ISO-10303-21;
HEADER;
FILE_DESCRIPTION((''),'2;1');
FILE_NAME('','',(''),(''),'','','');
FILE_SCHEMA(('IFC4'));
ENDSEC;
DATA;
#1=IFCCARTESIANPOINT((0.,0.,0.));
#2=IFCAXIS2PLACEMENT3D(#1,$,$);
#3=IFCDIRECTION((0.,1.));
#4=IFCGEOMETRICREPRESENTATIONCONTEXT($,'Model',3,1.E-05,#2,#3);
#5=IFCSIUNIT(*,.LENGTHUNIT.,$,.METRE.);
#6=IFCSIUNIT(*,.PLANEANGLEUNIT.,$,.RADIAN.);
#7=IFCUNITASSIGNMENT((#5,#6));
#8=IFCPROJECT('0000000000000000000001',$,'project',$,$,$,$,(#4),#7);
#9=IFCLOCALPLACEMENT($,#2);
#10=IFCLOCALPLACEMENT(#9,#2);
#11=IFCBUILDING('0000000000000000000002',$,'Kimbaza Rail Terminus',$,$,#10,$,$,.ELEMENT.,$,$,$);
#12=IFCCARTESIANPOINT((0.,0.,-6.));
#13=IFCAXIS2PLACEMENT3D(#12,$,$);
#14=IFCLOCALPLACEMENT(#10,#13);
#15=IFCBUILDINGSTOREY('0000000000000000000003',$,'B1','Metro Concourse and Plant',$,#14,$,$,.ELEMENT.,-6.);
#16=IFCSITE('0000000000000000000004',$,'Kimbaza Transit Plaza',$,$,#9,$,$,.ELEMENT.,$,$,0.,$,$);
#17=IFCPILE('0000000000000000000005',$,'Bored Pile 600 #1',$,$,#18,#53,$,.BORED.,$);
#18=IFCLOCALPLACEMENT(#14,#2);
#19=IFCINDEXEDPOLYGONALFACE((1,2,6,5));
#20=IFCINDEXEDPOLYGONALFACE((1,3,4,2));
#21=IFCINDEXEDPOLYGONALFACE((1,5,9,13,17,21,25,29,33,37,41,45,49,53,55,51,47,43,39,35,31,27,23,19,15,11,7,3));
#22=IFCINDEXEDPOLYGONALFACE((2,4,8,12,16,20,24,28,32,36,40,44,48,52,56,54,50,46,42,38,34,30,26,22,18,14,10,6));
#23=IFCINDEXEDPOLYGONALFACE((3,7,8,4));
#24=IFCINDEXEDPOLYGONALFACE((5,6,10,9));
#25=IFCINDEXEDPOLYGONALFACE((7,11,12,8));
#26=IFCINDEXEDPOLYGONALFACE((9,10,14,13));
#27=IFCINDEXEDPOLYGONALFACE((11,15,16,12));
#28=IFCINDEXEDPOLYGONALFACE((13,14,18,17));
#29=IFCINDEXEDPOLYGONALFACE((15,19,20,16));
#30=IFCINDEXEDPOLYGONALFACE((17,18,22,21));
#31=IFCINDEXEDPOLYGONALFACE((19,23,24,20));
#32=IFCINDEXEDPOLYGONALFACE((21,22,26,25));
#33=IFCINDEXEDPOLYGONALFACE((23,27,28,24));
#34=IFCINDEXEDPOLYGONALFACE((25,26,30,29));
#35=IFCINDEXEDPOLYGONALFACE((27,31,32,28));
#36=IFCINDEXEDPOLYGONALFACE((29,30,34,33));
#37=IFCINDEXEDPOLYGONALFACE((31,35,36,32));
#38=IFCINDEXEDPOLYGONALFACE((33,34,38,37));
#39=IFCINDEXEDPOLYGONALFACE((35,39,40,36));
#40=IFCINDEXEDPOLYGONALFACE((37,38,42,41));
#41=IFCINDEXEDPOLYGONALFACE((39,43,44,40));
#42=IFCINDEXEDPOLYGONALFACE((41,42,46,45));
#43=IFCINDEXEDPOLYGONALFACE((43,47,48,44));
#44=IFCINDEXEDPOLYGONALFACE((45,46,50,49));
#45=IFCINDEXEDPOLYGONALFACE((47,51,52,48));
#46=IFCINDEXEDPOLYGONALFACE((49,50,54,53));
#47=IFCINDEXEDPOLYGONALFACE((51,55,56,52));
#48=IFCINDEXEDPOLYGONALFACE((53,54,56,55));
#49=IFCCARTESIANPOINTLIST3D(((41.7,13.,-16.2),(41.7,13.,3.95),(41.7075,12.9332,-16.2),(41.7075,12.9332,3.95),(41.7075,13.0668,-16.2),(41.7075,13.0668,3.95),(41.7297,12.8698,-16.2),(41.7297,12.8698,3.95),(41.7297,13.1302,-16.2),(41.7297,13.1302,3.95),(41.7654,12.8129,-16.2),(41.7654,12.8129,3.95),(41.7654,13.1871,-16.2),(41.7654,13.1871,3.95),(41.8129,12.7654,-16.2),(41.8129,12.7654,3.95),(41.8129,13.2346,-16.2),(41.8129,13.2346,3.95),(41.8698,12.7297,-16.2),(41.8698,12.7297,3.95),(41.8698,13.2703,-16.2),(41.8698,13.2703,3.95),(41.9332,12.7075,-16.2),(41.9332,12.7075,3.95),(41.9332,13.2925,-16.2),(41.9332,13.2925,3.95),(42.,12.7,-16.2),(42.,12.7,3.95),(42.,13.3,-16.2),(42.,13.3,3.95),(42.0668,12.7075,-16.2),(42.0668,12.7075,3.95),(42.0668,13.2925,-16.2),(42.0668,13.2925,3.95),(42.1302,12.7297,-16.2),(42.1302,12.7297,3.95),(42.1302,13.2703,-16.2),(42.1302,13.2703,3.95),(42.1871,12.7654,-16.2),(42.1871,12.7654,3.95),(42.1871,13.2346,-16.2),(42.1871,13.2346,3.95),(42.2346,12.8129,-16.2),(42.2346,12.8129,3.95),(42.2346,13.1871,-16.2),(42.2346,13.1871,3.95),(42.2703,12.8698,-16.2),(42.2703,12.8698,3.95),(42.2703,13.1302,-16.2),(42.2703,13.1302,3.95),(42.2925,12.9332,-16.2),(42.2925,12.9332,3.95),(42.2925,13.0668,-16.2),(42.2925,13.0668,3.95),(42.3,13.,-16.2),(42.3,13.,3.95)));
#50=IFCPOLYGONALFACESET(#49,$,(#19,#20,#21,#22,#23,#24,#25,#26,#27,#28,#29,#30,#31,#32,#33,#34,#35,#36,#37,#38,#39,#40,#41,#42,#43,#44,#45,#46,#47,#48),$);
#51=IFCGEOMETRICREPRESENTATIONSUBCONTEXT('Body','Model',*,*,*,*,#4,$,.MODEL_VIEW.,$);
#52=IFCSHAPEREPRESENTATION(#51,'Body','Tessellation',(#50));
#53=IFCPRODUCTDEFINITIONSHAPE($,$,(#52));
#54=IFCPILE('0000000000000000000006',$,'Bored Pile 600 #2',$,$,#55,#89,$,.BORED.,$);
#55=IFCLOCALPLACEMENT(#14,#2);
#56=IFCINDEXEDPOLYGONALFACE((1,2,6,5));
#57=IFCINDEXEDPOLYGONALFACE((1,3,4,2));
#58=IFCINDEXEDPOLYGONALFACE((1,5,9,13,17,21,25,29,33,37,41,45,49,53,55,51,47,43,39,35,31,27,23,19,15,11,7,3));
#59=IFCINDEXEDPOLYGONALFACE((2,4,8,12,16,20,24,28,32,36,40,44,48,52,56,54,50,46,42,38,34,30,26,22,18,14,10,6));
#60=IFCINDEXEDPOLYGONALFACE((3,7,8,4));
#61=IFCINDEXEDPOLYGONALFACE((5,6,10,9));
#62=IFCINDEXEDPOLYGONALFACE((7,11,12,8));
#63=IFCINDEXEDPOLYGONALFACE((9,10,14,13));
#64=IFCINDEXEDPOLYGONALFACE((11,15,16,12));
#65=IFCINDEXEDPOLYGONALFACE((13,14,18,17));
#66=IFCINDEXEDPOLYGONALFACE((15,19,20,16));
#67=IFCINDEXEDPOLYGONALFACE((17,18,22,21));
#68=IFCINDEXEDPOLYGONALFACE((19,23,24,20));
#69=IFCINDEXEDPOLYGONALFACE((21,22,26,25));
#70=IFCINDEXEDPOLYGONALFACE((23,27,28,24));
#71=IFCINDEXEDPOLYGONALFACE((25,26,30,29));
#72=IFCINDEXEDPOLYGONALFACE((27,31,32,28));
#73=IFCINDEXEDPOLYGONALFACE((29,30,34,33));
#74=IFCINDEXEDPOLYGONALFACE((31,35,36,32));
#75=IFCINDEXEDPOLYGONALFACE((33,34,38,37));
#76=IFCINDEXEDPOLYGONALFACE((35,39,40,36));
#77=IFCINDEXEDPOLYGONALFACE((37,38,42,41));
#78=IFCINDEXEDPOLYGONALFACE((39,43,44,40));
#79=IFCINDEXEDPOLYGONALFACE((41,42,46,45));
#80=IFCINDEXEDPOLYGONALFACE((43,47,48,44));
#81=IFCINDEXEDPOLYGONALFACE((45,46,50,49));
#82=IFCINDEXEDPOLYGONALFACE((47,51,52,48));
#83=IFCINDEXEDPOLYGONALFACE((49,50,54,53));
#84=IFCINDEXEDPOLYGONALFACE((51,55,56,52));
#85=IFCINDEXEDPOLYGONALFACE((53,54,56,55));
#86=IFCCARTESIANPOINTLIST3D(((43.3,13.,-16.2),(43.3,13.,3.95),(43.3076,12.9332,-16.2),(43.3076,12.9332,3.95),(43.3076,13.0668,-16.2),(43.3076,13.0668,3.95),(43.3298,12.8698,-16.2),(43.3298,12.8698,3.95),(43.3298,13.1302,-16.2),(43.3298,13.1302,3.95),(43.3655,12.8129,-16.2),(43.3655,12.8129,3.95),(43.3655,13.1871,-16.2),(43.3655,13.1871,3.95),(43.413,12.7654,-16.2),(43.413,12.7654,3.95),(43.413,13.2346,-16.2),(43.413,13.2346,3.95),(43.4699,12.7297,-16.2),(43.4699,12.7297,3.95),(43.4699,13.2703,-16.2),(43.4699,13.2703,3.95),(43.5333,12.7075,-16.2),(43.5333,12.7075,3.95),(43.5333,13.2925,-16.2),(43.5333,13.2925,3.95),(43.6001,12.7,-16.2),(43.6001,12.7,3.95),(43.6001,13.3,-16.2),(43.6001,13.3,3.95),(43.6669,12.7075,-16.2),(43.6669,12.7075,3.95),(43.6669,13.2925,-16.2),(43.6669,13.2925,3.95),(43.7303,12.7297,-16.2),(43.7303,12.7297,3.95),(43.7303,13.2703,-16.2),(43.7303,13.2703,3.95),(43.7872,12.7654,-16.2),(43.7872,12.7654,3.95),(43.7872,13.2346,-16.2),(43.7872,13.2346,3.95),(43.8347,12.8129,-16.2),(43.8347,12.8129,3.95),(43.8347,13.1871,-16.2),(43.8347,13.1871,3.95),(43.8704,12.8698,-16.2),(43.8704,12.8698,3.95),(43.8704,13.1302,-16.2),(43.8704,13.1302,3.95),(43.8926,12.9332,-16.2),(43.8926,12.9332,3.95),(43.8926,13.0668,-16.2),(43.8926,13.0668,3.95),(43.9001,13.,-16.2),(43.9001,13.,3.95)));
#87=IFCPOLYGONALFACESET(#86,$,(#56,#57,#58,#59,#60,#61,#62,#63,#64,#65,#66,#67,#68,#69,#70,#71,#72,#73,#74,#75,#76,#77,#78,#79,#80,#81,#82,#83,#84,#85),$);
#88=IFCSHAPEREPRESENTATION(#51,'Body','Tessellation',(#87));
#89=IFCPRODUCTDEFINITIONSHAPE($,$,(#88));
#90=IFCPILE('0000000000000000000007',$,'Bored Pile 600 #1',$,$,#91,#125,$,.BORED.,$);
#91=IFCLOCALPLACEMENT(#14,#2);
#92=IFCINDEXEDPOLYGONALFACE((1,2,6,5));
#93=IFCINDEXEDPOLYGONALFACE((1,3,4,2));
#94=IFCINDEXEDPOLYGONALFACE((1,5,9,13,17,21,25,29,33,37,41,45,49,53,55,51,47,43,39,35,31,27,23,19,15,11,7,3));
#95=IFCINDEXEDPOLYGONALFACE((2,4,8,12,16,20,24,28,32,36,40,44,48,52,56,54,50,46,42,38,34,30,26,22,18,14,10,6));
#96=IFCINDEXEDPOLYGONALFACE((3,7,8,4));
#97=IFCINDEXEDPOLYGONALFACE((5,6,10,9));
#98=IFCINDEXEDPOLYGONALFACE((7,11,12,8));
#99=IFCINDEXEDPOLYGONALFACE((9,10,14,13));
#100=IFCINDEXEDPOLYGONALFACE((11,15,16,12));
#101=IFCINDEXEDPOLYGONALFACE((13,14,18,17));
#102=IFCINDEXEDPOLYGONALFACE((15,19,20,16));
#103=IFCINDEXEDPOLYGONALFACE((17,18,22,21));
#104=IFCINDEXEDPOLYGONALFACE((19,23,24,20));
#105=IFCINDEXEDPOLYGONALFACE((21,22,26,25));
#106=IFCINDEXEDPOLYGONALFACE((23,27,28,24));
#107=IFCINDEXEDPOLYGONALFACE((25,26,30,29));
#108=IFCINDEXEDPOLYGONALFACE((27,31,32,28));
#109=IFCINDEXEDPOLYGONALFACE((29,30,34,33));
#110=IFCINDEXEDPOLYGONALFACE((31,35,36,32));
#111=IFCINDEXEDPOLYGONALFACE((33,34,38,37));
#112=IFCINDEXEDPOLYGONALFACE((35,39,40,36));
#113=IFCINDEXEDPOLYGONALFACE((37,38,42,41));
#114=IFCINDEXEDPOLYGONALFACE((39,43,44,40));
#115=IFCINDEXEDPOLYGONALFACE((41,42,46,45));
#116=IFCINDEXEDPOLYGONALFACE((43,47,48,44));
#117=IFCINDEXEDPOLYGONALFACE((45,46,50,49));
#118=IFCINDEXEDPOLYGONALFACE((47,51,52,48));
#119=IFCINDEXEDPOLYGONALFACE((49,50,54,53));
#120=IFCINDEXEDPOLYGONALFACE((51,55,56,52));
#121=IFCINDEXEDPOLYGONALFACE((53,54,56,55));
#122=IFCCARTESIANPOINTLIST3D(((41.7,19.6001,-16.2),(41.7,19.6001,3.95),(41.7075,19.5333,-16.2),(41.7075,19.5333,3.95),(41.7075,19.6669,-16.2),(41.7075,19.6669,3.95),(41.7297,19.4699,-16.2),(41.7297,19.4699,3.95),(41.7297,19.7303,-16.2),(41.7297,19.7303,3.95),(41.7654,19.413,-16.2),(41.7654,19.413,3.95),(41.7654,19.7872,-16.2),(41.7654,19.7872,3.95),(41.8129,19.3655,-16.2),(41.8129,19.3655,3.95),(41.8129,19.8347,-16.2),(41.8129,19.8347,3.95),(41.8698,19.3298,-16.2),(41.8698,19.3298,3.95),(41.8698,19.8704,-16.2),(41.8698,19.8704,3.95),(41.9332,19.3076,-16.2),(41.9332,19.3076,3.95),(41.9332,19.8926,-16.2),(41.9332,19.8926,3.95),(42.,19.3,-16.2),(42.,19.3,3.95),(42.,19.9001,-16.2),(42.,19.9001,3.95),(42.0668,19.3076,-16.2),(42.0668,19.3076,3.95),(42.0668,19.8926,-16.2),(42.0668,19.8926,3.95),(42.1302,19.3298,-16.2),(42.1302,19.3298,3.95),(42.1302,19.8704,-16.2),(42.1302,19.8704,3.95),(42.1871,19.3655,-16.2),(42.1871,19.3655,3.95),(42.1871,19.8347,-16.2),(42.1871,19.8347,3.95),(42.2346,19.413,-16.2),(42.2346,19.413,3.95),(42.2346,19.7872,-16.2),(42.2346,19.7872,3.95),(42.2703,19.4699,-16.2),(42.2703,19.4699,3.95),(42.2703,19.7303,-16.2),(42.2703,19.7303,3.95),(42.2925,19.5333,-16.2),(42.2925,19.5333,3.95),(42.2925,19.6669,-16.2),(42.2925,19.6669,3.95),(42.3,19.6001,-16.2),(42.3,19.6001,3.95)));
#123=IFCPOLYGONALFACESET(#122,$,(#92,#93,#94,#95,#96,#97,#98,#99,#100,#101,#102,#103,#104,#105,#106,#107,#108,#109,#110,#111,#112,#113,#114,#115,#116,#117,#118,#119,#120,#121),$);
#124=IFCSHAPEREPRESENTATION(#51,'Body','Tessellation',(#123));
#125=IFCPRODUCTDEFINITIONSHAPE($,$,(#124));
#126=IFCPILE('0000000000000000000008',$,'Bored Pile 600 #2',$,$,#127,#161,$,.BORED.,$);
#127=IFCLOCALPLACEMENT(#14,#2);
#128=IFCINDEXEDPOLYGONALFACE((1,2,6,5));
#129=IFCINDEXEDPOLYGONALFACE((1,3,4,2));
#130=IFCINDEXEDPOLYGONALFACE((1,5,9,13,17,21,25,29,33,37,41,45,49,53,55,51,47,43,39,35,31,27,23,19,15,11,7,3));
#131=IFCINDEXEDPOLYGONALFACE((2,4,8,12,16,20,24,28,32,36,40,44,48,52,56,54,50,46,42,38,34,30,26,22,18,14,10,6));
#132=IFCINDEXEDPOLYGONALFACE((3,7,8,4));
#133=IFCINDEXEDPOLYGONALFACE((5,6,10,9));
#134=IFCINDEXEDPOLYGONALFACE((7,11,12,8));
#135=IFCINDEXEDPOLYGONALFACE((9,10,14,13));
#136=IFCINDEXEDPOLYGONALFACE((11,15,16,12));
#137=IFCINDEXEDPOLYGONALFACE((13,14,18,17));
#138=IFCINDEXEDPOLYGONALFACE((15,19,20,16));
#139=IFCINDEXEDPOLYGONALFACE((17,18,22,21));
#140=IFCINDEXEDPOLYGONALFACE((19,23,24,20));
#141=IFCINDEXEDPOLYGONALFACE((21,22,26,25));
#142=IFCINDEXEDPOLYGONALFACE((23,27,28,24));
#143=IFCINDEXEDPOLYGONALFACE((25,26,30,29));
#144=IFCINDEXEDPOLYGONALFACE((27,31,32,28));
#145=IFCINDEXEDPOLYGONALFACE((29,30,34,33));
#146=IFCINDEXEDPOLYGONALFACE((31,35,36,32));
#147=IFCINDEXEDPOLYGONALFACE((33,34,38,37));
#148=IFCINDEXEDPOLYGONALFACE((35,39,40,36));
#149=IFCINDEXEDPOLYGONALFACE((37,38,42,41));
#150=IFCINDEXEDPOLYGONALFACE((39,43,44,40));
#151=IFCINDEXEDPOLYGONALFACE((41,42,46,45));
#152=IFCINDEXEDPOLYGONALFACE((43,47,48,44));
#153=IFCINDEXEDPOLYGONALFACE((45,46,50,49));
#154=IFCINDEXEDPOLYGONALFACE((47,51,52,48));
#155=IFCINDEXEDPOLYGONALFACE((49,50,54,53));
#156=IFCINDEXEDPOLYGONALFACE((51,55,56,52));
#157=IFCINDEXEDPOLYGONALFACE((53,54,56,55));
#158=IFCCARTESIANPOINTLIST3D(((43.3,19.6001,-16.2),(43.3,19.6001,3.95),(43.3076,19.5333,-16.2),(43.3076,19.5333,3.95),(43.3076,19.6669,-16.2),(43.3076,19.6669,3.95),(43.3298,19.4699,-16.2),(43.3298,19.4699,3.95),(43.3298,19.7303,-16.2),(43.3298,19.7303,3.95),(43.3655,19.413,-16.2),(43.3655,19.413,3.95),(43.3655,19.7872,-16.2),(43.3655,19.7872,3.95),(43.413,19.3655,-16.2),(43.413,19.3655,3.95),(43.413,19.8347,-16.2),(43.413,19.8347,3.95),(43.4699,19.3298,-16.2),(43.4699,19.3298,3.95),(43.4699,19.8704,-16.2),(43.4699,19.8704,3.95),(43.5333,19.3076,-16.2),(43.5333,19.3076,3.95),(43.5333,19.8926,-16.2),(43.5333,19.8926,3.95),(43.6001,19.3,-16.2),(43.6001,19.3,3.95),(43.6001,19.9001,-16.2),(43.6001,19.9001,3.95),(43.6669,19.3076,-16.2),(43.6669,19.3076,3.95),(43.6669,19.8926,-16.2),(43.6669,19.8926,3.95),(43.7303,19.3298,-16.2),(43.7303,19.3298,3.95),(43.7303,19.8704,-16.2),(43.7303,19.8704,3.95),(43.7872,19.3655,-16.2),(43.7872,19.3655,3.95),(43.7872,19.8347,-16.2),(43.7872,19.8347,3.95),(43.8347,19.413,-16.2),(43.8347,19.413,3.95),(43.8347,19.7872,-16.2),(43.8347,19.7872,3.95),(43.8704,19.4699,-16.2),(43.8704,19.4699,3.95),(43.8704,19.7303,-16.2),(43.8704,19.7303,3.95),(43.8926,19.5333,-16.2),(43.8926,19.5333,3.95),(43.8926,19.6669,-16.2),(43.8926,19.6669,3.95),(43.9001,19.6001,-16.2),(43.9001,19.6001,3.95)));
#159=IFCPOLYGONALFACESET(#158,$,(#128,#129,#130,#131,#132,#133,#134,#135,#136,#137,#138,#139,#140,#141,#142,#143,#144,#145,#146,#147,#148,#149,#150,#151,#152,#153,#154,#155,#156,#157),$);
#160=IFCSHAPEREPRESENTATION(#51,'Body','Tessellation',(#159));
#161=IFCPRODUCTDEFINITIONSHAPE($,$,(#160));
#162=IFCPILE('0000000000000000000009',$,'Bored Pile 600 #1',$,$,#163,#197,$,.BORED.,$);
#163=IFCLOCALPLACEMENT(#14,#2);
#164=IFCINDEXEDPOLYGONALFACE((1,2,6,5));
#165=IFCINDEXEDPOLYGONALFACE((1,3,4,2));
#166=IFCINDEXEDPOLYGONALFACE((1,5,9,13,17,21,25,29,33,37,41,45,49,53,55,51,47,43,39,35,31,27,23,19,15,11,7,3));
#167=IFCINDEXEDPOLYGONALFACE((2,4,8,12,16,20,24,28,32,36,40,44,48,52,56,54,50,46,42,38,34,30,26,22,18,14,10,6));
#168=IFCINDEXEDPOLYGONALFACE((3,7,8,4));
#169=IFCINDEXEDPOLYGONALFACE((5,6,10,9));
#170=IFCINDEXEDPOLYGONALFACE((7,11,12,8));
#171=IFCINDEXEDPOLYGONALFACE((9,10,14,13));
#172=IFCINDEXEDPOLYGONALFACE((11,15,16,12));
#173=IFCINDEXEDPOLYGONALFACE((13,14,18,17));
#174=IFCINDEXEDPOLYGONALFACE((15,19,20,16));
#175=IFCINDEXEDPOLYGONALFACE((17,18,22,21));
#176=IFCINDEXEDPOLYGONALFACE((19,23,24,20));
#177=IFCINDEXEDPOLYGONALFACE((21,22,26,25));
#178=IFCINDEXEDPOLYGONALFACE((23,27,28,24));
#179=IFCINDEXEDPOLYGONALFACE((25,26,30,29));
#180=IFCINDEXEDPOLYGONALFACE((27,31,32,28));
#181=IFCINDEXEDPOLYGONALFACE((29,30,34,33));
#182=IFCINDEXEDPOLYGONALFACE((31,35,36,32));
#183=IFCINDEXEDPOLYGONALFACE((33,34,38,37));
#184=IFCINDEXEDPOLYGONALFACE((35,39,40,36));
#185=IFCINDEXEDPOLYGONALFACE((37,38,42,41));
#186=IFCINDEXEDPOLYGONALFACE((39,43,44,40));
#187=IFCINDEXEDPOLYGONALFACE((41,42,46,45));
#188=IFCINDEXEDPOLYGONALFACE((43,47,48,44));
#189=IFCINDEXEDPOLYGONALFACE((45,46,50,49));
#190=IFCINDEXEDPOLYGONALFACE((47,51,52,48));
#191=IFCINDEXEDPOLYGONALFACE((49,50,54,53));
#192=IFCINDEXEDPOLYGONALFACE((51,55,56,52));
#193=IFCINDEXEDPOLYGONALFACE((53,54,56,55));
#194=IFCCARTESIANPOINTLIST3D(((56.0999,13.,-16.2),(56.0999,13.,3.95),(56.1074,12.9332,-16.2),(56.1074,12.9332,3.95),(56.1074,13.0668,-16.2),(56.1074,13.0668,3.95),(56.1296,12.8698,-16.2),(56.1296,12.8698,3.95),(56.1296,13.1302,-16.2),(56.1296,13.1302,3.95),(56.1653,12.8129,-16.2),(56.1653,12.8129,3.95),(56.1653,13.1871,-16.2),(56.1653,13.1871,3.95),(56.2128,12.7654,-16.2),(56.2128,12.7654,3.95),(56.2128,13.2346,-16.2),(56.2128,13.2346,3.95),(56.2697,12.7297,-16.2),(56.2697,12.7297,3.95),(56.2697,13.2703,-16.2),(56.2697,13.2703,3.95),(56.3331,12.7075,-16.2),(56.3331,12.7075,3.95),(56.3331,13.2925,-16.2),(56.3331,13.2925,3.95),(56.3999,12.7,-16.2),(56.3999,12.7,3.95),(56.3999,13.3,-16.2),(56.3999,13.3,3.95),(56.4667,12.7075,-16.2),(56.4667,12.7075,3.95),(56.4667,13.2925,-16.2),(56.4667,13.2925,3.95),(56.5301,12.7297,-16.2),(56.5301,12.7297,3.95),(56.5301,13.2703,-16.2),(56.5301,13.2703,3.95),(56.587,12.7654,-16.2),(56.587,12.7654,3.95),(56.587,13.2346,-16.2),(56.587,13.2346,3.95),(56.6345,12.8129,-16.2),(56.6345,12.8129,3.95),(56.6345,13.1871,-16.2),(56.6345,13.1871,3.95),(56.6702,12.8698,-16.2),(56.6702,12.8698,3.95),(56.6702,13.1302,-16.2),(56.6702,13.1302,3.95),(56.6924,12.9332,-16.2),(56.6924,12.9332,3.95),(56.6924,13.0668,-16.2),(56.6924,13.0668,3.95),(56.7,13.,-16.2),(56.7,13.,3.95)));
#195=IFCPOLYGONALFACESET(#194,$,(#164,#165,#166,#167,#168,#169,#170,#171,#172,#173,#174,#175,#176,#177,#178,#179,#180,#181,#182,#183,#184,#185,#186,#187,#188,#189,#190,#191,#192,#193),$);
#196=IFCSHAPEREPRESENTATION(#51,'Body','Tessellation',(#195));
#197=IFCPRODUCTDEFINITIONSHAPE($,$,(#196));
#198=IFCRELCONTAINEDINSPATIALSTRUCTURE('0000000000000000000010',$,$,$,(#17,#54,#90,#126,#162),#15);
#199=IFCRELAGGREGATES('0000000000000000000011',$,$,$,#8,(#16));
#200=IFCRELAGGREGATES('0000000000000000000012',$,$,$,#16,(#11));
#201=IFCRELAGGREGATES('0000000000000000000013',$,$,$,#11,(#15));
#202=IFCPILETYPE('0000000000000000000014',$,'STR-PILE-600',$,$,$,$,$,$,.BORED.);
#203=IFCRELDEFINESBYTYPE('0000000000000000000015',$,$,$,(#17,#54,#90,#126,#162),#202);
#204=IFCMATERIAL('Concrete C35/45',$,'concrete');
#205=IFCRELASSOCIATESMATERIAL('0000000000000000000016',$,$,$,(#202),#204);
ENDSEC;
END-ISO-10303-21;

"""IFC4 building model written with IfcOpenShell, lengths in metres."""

from ifc_helpers import new_model, si_unit, direction, frame, origin, origin_2d, place, context, subcontext, project, spatial, circle, extrude, material, material_profile, profile_set, type_object, element, save


model = new_model("IFC4")

# Units and contexts
model_context = context("Model", 3, precision=1e-05, world=origin(), true_north=direction((0.0, 1.0)))
body_context = subcontext(model_context, "Body", "Model", "MODEL_VIEW")
ifc_project = project(units=[si_unit("LENGTHUNIT", "METRE"), si_unit("PLANEANGLEUNIT", "RADIAN")], contexts=[model_context])

# Site, building, storey
site_placement = place(None, origin())
site = spatial("IfcSite", under=ifc_project, at=site_placement, Name="Kimbaza Transit Plaza", CompositionType="ELEMENT", RefElevation=0.0)
building_placement = place(site_placement, origin())
building = spatial("IfcBuilding", under=site, at=building_placement, Name="Kimbaza Rail Terminus", CompositionType="ELEMENT")
storey_placement = place(building_placement, frame((0.0, 0.0, -6.0)))
storey = spatial("IfcBuildingStorey", under=building, at=storey_placement, Name="B1", Description="Metro Concourse and Plant", CompositionType="ELEMENT", Elevation=-6.0)

# Piles
ifc_material_1 = material(Name="Concrete C35/45", Category="concrete")
ifc_material_profile_1 = material_profile(ifc_material_1, circle(Radius=0.3, at=origin_2d()), Name="BORED PILE 600")
ifc_profile_set_1 = profile_set([ifc_material_profile_1], Name="Concrete C35/45")
pile_type = type_object("IfcPileType", Name="STR-PILE-600", PredefinedType="BORED", material=ifc_profile_set_1)
for number, where, z_axis, x_axis, name in (
    (1, (42.0, 13.0, 3.95), (0.0, 0.0, -1.0), (1.0, 0.0, 0.0), "Bored Pile 600 #1"),
    (2, (43.6001, 13.0, 3.95), (0.0, 0.0, -1.0), (1.0, 0.0, 0.0), "Bored Pile 600 #2"),
    (3, (42.0, 19.6001, 3.95), (0.0, 0.0, -1.0), (1.0, 0.0, 0.0), "Bored Pile 600 #1"),
    (4, (43.6001, 19.6001, 3.95), (0.0, 0.0, -1.0), (1.0, 0.0, 0.0), "Bored Pile 600 #2"),
    (5, (56.3999, 13.0, 3.95), (0.0, 0.0, -1.0), (1.0, 0.0, 0.0), "Bored Pile 600 #1"),
):
    element("IfcPile", number, at=place(storey_placement, frame(where, z_axis=z_axis, x_axis=x_axis)), inside=storey, type_object=pile_type, Name=name, PredefinedType="BORED", context=body_context, shape_type="SweptSolid", body=[
        extrude(circle(Radius=0.3, at=origin_2d()), origin(), (0.0, 0.0, 1.0), 20.1499),
    ])

save(model, "model.ifc")
